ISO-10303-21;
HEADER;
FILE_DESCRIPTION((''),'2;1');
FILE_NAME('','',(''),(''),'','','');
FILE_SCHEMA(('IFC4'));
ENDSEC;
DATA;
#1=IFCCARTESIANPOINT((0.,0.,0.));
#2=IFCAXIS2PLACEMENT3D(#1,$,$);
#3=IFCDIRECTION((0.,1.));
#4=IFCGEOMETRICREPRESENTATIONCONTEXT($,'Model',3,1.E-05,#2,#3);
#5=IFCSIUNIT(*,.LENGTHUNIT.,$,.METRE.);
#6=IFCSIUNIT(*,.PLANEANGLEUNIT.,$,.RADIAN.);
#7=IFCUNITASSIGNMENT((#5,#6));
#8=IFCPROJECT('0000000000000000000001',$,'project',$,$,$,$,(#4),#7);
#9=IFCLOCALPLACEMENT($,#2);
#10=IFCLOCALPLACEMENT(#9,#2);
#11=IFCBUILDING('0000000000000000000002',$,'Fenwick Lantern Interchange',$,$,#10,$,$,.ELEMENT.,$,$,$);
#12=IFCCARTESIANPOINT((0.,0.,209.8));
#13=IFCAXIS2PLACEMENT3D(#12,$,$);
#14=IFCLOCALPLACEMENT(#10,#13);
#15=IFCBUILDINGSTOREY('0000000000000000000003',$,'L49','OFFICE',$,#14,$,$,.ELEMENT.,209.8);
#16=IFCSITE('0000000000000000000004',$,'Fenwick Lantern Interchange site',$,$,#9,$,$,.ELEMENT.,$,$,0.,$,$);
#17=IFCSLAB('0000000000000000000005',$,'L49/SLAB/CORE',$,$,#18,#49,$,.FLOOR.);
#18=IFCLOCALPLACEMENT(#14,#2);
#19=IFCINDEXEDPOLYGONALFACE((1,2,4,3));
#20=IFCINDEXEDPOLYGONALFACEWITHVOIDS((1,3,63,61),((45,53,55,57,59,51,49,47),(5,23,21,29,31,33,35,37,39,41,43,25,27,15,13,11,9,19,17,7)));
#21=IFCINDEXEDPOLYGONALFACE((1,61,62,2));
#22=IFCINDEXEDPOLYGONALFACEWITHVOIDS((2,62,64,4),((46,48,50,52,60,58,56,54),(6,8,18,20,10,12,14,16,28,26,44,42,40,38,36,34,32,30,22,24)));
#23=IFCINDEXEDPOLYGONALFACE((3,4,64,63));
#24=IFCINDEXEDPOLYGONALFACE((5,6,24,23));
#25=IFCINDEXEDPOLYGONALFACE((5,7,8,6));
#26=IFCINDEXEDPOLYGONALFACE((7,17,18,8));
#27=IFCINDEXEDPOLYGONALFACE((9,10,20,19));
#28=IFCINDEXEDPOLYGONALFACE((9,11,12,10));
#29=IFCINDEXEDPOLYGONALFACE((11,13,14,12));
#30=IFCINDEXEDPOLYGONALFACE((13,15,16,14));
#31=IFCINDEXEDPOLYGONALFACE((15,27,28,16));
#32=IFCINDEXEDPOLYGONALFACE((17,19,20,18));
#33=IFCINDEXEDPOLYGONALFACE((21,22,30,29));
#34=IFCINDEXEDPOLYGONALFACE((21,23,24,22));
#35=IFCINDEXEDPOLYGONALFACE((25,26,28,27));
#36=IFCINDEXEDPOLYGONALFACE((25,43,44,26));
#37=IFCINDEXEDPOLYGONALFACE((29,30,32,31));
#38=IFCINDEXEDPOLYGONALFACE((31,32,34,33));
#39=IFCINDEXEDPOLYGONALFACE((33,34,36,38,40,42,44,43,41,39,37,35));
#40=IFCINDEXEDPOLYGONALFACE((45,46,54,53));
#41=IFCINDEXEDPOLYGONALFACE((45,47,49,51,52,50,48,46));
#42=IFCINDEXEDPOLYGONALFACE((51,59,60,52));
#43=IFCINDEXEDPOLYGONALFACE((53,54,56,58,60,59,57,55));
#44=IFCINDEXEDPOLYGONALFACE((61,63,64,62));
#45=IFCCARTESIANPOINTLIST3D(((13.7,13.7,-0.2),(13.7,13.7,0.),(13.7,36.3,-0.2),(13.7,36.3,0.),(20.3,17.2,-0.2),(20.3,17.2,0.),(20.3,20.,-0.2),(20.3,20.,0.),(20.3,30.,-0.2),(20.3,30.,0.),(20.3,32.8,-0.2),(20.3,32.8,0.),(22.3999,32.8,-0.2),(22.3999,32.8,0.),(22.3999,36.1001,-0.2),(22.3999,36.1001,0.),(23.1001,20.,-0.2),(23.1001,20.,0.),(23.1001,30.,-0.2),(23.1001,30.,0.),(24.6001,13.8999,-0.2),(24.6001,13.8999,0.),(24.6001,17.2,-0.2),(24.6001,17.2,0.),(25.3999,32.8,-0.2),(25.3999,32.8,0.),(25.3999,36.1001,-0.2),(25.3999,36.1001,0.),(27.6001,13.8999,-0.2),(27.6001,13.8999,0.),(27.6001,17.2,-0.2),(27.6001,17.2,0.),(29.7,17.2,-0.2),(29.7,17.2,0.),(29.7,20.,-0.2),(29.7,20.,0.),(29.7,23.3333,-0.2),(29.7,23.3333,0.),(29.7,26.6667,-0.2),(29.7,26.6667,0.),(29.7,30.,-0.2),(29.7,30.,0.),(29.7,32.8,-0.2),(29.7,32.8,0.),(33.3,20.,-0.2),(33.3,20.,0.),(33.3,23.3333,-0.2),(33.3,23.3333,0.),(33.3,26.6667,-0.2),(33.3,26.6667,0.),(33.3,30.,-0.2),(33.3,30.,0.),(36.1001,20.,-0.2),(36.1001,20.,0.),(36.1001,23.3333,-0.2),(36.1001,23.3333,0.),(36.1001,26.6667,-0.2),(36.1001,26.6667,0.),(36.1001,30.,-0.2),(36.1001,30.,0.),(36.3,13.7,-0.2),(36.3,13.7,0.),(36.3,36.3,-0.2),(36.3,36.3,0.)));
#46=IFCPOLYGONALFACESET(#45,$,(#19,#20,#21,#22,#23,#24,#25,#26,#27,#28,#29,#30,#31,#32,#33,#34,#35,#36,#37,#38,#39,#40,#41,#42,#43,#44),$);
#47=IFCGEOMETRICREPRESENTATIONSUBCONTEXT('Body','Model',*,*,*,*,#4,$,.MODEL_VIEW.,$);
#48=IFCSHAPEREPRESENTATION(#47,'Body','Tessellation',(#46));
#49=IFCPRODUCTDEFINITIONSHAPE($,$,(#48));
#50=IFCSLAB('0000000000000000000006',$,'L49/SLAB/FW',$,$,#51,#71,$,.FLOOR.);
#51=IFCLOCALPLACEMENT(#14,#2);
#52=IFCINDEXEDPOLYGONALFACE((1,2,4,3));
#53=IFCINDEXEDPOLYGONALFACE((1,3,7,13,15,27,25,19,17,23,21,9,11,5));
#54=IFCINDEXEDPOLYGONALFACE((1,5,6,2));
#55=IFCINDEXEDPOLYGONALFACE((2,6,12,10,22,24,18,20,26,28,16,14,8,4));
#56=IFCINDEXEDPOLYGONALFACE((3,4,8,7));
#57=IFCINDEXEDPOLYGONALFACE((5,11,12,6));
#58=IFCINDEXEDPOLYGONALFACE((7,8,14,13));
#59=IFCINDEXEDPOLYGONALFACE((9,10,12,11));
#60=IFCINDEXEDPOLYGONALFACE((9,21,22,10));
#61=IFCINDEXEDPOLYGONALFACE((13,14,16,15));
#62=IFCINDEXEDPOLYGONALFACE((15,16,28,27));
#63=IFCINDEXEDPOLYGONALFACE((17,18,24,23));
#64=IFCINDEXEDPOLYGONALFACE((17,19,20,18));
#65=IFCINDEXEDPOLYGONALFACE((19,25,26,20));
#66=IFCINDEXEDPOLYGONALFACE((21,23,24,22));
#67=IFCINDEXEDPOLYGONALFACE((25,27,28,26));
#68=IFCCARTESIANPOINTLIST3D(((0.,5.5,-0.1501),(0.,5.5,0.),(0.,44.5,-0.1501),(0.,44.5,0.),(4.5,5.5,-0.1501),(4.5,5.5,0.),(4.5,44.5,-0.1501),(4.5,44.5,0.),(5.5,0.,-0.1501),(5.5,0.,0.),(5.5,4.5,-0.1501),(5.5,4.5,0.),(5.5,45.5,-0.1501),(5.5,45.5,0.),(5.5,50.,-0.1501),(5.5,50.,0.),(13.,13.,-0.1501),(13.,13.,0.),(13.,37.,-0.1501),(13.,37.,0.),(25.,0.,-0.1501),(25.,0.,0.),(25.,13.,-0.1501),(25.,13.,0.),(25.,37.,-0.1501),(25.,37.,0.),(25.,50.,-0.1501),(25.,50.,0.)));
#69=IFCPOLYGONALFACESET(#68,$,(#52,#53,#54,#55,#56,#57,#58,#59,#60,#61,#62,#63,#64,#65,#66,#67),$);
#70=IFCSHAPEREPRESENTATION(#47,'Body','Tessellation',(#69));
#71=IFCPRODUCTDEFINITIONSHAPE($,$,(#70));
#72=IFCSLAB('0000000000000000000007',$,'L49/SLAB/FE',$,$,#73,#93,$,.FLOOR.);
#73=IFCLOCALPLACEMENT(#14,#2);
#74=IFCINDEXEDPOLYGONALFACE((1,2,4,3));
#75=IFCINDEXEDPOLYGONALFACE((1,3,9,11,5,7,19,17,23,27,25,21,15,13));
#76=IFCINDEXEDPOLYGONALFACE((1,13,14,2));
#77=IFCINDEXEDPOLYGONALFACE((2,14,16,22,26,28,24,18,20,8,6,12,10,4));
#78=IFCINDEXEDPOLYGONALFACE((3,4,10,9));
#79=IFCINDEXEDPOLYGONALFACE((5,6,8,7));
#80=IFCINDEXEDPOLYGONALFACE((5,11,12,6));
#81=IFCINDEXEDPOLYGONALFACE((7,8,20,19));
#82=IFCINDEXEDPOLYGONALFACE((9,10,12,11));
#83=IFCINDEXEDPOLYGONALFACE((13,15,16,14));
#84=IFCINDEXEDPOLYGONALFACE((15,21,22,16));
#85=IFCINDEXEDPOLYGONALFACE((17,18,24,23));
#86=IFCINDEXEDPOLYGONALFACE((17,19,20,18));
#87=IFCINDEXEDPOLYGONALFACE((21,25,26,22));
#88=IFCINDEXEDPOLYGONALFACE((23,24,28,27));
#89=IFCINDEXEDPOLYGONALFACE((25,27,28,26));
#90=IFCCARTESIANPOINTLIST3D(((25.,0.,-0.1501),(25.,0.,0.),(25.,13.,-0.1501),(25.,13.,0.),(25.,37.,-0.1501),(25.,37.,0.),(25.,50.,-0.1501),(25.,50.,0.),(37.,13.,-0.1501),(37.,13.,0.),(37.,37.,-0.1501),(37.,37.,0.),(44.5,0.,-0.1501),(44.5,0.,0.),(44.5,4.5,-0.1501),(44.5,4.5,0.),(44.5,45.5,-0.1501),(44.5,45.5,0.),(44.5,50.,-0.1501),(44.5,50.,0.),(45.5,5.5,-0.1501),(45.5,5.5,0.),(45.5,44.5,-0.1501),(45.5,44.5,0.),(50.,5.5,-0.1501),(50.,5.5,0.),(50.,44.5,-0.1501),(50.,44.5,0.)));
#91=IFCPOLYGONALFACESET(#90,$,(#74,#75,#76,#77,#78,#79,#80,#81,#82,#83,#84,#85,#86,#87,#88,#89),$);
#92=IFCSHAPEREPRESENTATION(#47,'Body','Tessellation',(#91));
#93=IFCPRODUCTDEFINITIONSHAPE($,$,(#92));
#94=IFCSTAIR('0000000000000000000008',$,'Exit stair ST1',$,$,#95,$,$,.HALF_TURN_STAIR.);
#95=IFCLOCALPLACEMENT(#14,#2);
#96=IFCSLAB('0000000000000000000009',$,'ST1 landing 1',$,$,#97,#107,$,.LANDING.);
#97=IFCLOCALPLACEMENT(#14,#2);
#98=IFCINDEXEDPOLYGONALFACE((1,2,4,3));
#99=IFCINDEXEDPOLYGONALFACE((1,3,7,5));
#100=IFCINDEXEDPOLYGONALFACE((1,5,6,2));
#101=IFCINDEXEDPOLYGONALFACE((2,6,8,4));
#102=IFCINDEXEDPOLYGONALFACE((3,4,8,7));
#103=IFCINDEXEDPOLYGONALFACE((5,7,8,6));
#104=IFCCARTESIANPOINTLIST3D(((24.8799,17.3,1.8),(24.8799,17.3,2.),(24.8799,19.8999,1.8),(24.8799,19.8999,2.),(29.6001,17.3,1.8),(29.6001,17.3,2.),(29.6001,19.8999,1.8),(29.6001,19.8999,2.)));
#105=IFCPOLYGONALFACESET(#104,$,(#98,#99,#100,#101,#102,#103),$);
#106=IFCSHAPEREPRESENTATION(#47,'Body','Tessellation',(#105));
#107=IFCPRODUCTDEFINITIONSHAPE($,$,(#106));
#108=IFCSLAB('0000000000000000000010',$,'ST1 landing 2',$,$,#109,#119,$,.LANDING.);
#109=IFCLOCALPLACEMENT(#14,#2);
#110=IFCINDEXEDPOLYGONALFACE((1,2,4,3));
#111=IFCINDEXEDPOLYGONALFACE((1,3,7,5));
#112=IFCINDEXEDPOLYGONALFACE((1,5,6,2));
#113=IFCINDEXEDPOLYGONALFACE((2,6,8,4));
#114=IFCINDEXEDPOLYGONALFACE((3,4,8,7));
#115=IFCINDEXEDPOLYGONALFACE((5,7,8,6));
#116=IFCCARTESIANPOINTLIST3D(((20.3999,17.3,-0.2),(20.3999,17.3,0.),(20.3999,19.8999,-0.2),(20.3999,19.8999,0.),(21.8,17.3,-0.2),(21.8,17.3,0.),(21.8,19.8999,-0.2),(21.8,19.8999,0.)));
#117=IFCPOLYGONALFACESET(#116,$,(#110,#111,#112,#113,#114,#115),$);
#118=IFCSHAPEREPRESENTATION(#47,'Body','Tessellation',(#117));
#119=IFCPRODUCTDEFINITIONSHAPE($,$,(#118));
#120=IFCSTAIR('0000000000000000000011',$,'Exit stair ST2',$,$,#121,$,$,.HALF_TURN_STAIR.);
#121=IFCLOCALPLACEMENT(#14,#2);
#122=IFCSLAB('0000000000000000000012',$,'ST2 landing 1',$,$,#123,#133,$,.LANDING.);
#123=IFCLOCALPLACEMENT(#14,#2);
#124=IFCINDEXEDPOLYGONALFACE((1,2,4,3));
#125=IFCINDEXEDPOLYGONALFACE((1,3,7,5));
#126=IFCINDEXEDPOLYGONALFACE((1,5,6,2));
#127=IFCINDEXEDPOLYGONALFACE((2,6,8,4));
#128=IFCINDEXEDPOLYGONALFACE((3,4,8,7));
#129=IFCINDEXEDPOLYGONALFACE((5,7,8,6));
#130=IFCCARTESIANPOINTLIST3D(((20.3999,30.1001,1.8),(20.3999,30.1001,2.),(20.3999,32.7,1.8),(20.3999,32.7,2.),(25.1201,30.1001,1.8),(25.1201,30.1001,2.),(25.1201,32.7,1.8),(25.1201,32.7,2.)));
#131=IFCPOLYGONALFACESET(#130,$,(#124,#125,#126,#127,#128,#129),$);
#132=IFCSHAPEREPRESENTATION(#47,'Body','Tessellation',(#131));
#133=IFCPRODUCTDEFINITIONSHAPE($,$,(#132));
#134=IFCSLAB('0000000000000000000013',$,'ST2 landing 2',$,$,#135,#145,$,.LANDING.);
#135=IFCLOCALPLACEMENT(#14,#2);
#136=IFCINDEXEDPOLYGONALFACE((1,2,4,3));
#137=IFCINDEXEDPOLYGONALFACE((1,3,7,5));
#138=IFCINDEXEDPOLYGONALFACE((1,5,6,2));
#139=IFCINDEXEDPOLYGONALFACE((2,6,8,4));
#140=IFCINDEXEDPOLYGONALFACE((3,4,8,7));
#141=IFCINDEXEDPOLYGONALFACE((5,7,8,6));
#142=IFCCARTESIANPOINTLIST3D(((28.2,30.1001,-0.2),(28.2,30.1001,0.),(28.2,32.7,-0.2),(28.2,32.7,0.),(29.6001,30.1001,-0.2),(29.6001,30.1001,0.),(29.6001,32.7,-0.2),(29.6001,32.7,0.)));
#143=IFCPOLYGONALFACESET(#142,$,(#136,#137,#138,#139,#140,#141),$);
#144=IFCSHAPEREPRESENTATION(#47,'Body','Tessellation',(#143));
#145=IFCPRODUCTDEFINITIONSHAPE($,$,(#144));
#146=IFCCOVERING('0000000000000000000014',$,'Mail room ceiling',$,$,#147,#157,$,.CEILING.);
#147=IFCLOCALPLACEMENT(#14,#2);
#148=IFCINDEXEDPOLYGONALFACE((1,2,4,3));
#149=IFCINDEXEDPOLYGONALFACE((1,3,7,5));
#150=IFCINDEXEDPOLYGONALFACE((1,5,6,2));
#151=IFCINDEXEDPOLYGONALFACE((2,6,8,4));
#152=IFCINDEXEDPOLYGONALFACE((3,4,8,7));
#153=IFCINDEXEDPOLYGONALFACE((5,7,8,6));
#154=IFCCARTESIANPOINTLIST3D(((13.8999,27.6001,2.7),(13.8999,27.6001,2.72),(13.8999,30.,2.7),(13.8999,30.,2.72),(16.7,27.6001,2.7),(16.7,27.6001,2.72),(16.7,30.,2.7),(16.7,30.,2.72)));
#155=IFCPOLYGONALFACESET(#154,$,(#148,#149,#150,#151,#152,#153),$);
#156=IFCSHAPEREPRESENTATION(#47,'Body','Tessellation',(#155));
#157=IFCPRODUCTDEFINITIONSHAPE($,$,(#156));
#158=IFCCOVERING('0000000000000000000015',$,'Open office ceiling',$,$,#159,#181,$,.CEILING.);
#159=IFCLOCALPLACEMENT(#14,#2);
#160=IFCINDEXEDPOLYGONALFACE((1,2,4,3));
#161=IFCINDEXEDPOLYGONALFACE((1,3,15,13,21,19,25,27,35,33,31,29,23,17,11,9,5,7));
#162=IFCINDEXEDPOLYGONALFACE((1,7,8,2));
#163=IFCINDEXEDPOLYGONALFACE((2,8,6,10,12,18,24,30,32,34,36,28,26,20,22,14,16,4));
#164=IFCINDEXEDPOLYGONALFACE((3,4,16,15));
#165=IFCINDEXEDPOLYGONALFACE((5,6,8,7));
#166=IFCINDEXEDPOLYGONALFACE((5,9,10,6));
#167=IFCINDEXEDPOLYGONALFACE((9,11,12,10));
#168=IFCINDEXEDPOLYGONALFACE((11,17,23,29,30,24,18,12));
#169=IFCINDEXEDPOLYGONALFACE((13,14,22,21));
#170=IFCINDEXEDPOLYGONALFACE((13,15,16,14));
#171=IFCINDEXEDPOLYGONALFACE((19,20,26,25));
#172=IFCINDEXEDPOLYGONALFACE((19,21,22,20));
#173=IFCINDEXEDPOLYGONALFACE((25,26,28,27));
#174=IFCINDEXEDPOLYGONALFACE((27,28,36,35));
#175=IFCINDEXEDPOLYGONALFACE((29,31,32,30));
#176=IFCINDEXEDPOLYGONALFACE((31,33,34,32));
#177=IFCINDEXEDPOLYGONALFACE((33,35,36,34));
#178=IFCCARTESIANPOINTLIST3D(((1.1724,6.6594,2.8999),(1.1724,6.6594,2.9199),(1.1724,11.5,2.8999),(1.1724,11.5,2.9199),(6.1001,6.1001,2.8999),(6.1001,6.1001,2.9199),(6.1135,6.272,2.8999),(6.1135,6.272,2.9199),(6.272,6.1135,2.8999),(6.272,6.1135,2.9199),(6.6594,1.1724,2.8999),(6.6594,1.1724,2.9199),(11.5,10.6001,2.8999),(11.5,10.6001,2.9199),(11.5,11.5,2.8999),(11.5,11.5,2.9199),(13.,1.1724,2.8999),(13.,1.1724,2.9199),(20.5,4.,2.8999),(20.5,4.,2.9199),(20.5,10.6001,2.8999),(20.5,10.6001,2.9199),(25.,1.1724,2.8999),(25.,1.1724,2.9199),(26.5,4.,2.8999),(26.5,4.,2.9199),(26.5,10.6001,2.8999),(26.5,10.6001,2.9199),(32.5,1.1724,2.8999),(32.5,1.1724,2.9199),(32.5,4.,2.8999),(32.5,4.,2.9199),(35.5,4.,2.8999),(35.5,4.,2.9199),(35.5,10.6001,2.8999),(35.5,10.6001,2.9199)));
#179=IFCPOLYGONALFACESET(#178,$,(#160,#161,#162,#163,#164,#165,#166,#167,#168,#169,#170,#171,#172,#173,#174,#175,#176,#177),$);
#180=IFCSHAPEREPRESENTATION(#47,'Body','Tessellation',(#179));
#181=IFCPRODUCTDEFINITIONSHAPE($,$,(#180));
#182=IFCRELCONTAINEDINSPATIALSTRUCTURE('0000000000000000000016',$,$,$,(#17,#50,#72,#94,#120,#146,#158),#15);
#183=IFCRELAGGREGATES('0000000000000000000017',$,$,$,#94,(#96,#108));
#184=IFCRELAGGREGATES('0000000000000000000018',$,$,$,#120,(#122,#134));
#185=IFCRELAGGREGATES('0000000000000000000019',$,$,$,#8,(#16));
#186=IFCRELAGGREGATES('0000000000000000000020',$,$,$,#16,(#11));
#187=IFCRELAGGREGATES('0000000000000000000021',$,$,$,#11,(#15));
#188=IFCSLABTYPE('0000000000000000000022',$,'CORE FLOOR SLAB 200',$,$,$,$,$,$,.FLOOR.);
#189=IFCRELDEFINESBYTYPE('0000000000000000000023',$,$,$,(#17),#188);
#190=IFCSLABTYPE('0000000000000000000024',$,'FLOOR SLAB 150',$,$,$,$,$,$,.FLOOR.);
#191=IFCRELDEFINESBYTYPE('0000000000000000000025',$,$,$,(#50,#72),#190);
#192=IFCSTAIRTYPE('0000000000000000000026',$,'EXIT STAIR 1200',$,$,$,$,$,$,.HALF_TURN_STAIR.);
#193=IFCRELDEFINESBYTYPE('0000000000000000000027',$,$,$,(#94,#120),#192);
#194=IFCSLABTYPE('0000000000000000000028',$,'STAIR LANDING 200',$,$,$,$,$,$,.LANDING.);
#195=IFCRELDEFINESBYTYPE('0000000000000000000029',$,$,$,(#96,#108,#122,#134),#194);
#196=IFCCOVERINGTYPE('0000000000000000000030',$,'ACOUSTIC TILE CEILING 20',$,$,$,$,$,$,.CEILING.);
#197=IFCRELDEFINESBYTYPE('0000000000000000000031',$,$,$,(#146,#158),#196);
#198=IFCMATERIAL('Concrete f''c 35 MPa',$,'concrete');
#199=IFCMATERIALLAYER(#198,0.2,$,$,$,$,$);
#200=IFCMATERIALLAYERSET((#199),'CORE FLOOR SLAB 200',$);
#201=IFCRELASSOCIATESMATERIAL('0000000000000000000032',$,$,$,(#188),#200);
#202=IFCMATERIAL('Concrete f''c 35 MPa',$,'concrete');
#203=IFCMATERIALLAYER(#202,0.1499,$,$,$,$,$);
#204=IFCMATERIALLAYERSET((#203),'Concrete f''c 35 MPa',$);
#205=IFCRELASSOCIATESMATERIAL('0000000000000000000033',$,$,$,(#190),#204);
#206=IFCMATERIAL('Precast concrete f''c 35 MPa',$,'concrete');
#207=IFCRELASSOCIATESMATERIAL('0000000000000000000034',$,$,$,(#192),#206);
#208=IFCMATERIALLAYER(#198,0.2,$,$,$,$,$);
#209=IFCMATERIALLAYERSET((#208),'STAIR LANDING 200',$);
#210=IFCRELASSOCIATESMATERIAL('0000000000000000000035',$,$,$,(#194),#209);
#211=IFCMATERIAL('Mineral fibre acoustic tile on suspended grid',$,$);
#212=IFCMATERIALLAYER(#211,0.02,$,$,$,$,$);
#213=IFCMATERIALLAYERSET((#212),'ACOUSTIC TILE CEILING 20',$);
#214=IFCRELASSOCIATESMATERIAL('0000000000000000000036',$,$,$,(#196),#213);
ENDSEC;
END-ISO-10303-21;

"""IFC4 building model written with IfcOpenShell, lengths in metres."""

from ifc_helpers import new_model, si_unit, direction, frame, origin, place, context, subcontext, project, spatial, polyline, outline, extrude, material, layer, layer_set, type_object, element, aggregate, save


model = new_model("IFC4")

# Units and contexts
model_context = context("Model", 3, precision=1e-05, world=origin(), true_north=direction((0.0, 1.0)))
body_context = subcontext(model_context, "Body", "Model", "MODEL_VIEW")
ifc_project = project(units=[si_unit("LENGTHUNIT", "METRE"), si_unit("PLANEANGLEUNIT", "RADIAN")], contexts=[model_context])

# Site, building, storey
site_placement = place(None, origin())
site = spatial("IfcSite", under=ifc_project, at=site_placement, Name="Fenwick Lantern Interchange site", CompositionType="ELEMENT", RefElevation=0.0)
building_placement = place(site_placement, origin())
building = spatial("IfcBuilding", under=site, at=building_placement, Name="Fenwick Lantern Interchange", CompositionType="ELEMENT")
storey_placement = place(building_placement, frame((0.0, 0.0, 209.8)))
storey = spatial("IfcBuildingStorey", under=building, at=storey_placement, Name="L49", Description="OFFICE", CompositionType="ELEMENT", Elevation=209.8)

# Slabs
ifc_material_1 = material(Name="Concrete f'c 35 MPa", Category="concrete")
ifc_layer_1 = layer(ifc_material_1, 0.2)
ifc_layer_set_1 = layer_set([ifc_layer_1], Name="CORE FLOOR SLAB 200")
slab_type_1 = type_object("IfcSlabType", Name="CORE FLOOR SLAB 200", PredefinedType="FLOOR", material=ifc_layer_set_1)
slab_1_placement = place(storey_placement, frame((0.0, 0.0, -0.2)))
element("IfcSlab", 1, at=slab_1_placement, inside=storey, type_object=slab_type_1, Name="L49/SLAB/CORE", PredefinedType="FLOOR", context=body_context, shape_type="SweptSolid", body=[
    extrude(outline(polyline([(13.7, 36.3), (36.3, 36.3), (36.3, 13.7), (13.7, 13.7), (13.7, 36.3)]), holes=[polyline([(24.6001, 13.8999), (27.6001, 13.8999), (27.6001, 17.2), (29.7, 17.2), (29.7, 20.0), (29.7, 23.3333), (29.7, 26.6667), (29.7, 30.0), (29.7, 32.8), (25.3999, 32.8), (25.3999, 36.1001), (22.3999, 36.1001), (22.3999, 32.8), (20.3, 32.8), (20.3, 30.0), (23.1001, 30.0), (23.1001, 20.0), (20.3, 20.0), (20.3, 17.2), (24.6001, 17.2), (24.6001, 13.8999)]), polyline([(33.3, 23.3333), (33.3, 20.0), (36.1001, 20.0), (36.1001, 23.3333), (36.1001, 26.6667), (36.1001, 30.0), (33.3, 30.0), (33.3, 26.6667), (33.3, 23.3333)])]), origin(), (0.0, 0.0, 1.0), 0.2),
])
ifc_material_2 = material(Name="Concrete f'c 35 MPa", Category="concrete")
ifc_layer_2 = layer(ifc_material_2, 0.1499)
ifc_layer_set_2 = layer_set([ifc_layer_2], Name="Concrete f'c 35 MPa")
slab_type_2 = type_object("IfcSlabType", Name="FLOOR SLAB 150", PredefinedType="FLOOR", material=ifc_layer_set_2)
slab_2_placement = place(storey_placement, frame((0.0, 0.0, -0.1501)))
element("IfcSlab", 2, at=slab_2_placement, inside=storey, type_object=slab_type_2, Name="L49/SLAB/FW", PredefinedType="FLOOR", context=body_context, shape_type="SweptSolid", body=[
    extrude(outline(polyline([(5.5, 0.0), (5.5, 4.5), (4.5, 5.5), (0.0, 5.5), (0.0, 44.5), (4.5, 44.5), (5.5, 45.5), (5.5, 50.0), (25.0, 50.0), (25.0, 37.0), (13.0, 37.0), (13.0, 13.0), (25.0, 13.0), (25.0, 0.0), (5.5, 0.0)])), origin(), (0.0, 0.0, 1.0), 0.1501),
])
slab_3_placement = place(storey_placement, frame((0.0, 0.0, -0.1501)))
element("IfcSlab", 3, at=slab_3_placement, inside=storey, type_object=slab_type_2, Name="L49/SLAB/FE", PredefinedType="FLOOR", context=body_context, shape_type="SweptSolid", body=[
    extrude(outline(polyline([(44.5, 50.0), (44.5, 45.5), (45.5, 44.5), (50.0, 44.5), (50.0, 5.5), (45.5, 5.5), (44.5, 4.5), (44.5, 0.0), (25.0, 0.0), (25.0, 13.0), (37.0, 13.0), (37.0, 37.0), (25.0, 37.0), (25.0, 50.0), (44.5, 50.0)])), origin(), (0.0, 0.0, 1.0), 0.1501),
])

# Stairs, slabs
ifc_material_3 = material(Name="Precast concrete f'c 35 MPa", Category="concrete")
stair_type = type_object("IfcStairType", Name="EXIT STAIR 1200", PredefinedType="HALF_TURN_STAIR", material=ifc_material_3)
stair_1_placement = place(storey_placement, origin())
stair_1 = element("IfcStair", 4, at=stair_1_placement, inside=storey, type_object=stair_type, Name="Exit stair ST1", PredefinedType="HALF_TURN_STAIR")
ifc_layer_3 = layer(ifc_material_1, 0.2)
ifc_layer_set_3 = layer_set([ifc_layer_3], Name="STAIR LANDING 200")
slab_type_3 = type_object("IfcSlabType", Name="STAIR LANDING 200", PredefinedType="LANDING", material=ifc_layer_set_3)
slab_4_placement = place(storey_placement, frame((0.0, 0.0, 1.8)))
slab_4 = element("IfcSlab", 5, at=slab_4_placement, type_object=slab_type_3, Name="ST1 landing 1", PredefinedType="LANDING", context=body_context, shape_type="SweptSolid", body=[
    extrude(outline(polyline([(24.8799, 17.3), (29.6001, 17.3), (29.6001, 19.8999), (24.8799, 19.8999), (24.8799, 17.3)])), origin(), (0.0, 0.0, 1.0), 0.2),
])
slab_5_placement = place(storey_placement, frame((0.0, 0.0, -0.2)))
slab_5 = element("IfcSlab", 6, at=slab_5_placement, type_object=slab_type_3, Name="ST1 landing 2", PredefinedType="LANDING", context=body_context, shape_type="SweptSolid", body=[
    extrude(outline(polyline([(20.3999, 17.3), (21.8, 17.3), (21.8, 19.8999), (20.3999, 19.8999), (20.3999, 17.3)])), origin(), (0.0, 0.0, 1.0), 0.2),
])
aggregate(stair_1, [slab_4, slab_5])
stair_2_placement = place(storey_placement, origin())
stair_2 = element("IfcStair", 7, at=stair_2_placement, inside=storey, type_object=stair_type, Name="Exit stair ST2", PredefinedType="HALF_TURN_STAIR")
slab_6_placement = place(storey_placement, frame((0.0, 0.0, 1.8)))
slab_6 = element("IfcSlab", 8, at=slab_6_placement, type_object=slab_type_3, Name="ST2 landing 1", PredefinedType="LANDING", context=body_context, shape_type="SweptSolid", body=[
    extrude(outline(polyline([(25.1201, 32.7), (20.3999, 32.7), (20.3999, 30.1001), (25.1201, 30.1001), (25.1201, 32.7)])), origin(), (0.0, 0.0, 1.0), 0.2),
])
slab_7_placement = place(storey_placement, frame((0.0, 0.0, -0.2)))
slab_7 = element("IfcSlab", 9, at=slab_7_placement, type_object=slab_type_3, Name="ST2 landing 2", PredefinedType="LANDING", context=body_context, shape_type="SweptSolid", body=[
    extrude(outline(polyline([(29.6001, 32.7), (28.2, 32.7), (28.2, 30.1001), (29.6001, 30.1001), (29.6001, 32.7)])), origin(), (0.0, 0.0, 1.0), 0.2),
])
aggregate(stair_2, [slab_6, slab_7])

# Coverings
ifc_material_4 = material(Name="Mineral fibre acoustic tile on suspended grid")
ifc_layer_4 = layer(ifc_material_4, 0.02)
ifc_layer_set_4 = layer_set([ifc_layer_4], Name="ACOUSTIC TILE CEILING 20")
covering_type_1 = type_object("IfcCoveringType", Name="ACOUSTIC TILE CEILING 20", PredefinedType="CEILING", material=ifc_layer_set_4)
covering_1_placement = place(storey_placement, frame((0.0, 0.0, 2.7)))
element("IfcCovering", 10, at=covering_1_placement, inside=storey, type_object=covering_type_1, Name="Mail room ceiling", PredefinedType="CEILING", context=body_context, shape_type="SweptSolid", body=[
    extrude(outline(polyline([(13.8999, 27.6001), (16.7, 27.6001), (16.7, 30.0), (13.8999, 30.0), (13.8999, 27.6001)])), origin(), (0.0, 0.0, 1.0), 0.02),
])
covering_2_placement = place(storey_placement, frame((0.0, 0.0, 2.8999)))
element("IfcCovering", 11, at=covering_2_placement, inside=storey, type_object=covering_type_1, Name="Open office ceiling", PredefinedType="CEILING", context=body_context, shape_type="SweptSolid", body=[
    extrude(outline(polyline([(26.5, 10.6001), (26.5, 4.0), (20.5, 4.0), (20.5, 10.6001), (11.5, 10.6001), (11.5, 11.5), (1.1724, 11.5), (1.1724, 6.6594), (6.1135, 6.272), (6.1001, 6.1001), (6.272, 6.1135), (6.6594, 1.1724), (13.0, 1.1724), (25.0, 1.1724), (32.5, 1.1724), (32.5, 4.0), (35.5, 4.0), (35.5, 10.6001), (26.5, 10.6001)])), origin(), (0.0, 0.0, 1.0), 0.02),
])

save(model, "model.ifc")
